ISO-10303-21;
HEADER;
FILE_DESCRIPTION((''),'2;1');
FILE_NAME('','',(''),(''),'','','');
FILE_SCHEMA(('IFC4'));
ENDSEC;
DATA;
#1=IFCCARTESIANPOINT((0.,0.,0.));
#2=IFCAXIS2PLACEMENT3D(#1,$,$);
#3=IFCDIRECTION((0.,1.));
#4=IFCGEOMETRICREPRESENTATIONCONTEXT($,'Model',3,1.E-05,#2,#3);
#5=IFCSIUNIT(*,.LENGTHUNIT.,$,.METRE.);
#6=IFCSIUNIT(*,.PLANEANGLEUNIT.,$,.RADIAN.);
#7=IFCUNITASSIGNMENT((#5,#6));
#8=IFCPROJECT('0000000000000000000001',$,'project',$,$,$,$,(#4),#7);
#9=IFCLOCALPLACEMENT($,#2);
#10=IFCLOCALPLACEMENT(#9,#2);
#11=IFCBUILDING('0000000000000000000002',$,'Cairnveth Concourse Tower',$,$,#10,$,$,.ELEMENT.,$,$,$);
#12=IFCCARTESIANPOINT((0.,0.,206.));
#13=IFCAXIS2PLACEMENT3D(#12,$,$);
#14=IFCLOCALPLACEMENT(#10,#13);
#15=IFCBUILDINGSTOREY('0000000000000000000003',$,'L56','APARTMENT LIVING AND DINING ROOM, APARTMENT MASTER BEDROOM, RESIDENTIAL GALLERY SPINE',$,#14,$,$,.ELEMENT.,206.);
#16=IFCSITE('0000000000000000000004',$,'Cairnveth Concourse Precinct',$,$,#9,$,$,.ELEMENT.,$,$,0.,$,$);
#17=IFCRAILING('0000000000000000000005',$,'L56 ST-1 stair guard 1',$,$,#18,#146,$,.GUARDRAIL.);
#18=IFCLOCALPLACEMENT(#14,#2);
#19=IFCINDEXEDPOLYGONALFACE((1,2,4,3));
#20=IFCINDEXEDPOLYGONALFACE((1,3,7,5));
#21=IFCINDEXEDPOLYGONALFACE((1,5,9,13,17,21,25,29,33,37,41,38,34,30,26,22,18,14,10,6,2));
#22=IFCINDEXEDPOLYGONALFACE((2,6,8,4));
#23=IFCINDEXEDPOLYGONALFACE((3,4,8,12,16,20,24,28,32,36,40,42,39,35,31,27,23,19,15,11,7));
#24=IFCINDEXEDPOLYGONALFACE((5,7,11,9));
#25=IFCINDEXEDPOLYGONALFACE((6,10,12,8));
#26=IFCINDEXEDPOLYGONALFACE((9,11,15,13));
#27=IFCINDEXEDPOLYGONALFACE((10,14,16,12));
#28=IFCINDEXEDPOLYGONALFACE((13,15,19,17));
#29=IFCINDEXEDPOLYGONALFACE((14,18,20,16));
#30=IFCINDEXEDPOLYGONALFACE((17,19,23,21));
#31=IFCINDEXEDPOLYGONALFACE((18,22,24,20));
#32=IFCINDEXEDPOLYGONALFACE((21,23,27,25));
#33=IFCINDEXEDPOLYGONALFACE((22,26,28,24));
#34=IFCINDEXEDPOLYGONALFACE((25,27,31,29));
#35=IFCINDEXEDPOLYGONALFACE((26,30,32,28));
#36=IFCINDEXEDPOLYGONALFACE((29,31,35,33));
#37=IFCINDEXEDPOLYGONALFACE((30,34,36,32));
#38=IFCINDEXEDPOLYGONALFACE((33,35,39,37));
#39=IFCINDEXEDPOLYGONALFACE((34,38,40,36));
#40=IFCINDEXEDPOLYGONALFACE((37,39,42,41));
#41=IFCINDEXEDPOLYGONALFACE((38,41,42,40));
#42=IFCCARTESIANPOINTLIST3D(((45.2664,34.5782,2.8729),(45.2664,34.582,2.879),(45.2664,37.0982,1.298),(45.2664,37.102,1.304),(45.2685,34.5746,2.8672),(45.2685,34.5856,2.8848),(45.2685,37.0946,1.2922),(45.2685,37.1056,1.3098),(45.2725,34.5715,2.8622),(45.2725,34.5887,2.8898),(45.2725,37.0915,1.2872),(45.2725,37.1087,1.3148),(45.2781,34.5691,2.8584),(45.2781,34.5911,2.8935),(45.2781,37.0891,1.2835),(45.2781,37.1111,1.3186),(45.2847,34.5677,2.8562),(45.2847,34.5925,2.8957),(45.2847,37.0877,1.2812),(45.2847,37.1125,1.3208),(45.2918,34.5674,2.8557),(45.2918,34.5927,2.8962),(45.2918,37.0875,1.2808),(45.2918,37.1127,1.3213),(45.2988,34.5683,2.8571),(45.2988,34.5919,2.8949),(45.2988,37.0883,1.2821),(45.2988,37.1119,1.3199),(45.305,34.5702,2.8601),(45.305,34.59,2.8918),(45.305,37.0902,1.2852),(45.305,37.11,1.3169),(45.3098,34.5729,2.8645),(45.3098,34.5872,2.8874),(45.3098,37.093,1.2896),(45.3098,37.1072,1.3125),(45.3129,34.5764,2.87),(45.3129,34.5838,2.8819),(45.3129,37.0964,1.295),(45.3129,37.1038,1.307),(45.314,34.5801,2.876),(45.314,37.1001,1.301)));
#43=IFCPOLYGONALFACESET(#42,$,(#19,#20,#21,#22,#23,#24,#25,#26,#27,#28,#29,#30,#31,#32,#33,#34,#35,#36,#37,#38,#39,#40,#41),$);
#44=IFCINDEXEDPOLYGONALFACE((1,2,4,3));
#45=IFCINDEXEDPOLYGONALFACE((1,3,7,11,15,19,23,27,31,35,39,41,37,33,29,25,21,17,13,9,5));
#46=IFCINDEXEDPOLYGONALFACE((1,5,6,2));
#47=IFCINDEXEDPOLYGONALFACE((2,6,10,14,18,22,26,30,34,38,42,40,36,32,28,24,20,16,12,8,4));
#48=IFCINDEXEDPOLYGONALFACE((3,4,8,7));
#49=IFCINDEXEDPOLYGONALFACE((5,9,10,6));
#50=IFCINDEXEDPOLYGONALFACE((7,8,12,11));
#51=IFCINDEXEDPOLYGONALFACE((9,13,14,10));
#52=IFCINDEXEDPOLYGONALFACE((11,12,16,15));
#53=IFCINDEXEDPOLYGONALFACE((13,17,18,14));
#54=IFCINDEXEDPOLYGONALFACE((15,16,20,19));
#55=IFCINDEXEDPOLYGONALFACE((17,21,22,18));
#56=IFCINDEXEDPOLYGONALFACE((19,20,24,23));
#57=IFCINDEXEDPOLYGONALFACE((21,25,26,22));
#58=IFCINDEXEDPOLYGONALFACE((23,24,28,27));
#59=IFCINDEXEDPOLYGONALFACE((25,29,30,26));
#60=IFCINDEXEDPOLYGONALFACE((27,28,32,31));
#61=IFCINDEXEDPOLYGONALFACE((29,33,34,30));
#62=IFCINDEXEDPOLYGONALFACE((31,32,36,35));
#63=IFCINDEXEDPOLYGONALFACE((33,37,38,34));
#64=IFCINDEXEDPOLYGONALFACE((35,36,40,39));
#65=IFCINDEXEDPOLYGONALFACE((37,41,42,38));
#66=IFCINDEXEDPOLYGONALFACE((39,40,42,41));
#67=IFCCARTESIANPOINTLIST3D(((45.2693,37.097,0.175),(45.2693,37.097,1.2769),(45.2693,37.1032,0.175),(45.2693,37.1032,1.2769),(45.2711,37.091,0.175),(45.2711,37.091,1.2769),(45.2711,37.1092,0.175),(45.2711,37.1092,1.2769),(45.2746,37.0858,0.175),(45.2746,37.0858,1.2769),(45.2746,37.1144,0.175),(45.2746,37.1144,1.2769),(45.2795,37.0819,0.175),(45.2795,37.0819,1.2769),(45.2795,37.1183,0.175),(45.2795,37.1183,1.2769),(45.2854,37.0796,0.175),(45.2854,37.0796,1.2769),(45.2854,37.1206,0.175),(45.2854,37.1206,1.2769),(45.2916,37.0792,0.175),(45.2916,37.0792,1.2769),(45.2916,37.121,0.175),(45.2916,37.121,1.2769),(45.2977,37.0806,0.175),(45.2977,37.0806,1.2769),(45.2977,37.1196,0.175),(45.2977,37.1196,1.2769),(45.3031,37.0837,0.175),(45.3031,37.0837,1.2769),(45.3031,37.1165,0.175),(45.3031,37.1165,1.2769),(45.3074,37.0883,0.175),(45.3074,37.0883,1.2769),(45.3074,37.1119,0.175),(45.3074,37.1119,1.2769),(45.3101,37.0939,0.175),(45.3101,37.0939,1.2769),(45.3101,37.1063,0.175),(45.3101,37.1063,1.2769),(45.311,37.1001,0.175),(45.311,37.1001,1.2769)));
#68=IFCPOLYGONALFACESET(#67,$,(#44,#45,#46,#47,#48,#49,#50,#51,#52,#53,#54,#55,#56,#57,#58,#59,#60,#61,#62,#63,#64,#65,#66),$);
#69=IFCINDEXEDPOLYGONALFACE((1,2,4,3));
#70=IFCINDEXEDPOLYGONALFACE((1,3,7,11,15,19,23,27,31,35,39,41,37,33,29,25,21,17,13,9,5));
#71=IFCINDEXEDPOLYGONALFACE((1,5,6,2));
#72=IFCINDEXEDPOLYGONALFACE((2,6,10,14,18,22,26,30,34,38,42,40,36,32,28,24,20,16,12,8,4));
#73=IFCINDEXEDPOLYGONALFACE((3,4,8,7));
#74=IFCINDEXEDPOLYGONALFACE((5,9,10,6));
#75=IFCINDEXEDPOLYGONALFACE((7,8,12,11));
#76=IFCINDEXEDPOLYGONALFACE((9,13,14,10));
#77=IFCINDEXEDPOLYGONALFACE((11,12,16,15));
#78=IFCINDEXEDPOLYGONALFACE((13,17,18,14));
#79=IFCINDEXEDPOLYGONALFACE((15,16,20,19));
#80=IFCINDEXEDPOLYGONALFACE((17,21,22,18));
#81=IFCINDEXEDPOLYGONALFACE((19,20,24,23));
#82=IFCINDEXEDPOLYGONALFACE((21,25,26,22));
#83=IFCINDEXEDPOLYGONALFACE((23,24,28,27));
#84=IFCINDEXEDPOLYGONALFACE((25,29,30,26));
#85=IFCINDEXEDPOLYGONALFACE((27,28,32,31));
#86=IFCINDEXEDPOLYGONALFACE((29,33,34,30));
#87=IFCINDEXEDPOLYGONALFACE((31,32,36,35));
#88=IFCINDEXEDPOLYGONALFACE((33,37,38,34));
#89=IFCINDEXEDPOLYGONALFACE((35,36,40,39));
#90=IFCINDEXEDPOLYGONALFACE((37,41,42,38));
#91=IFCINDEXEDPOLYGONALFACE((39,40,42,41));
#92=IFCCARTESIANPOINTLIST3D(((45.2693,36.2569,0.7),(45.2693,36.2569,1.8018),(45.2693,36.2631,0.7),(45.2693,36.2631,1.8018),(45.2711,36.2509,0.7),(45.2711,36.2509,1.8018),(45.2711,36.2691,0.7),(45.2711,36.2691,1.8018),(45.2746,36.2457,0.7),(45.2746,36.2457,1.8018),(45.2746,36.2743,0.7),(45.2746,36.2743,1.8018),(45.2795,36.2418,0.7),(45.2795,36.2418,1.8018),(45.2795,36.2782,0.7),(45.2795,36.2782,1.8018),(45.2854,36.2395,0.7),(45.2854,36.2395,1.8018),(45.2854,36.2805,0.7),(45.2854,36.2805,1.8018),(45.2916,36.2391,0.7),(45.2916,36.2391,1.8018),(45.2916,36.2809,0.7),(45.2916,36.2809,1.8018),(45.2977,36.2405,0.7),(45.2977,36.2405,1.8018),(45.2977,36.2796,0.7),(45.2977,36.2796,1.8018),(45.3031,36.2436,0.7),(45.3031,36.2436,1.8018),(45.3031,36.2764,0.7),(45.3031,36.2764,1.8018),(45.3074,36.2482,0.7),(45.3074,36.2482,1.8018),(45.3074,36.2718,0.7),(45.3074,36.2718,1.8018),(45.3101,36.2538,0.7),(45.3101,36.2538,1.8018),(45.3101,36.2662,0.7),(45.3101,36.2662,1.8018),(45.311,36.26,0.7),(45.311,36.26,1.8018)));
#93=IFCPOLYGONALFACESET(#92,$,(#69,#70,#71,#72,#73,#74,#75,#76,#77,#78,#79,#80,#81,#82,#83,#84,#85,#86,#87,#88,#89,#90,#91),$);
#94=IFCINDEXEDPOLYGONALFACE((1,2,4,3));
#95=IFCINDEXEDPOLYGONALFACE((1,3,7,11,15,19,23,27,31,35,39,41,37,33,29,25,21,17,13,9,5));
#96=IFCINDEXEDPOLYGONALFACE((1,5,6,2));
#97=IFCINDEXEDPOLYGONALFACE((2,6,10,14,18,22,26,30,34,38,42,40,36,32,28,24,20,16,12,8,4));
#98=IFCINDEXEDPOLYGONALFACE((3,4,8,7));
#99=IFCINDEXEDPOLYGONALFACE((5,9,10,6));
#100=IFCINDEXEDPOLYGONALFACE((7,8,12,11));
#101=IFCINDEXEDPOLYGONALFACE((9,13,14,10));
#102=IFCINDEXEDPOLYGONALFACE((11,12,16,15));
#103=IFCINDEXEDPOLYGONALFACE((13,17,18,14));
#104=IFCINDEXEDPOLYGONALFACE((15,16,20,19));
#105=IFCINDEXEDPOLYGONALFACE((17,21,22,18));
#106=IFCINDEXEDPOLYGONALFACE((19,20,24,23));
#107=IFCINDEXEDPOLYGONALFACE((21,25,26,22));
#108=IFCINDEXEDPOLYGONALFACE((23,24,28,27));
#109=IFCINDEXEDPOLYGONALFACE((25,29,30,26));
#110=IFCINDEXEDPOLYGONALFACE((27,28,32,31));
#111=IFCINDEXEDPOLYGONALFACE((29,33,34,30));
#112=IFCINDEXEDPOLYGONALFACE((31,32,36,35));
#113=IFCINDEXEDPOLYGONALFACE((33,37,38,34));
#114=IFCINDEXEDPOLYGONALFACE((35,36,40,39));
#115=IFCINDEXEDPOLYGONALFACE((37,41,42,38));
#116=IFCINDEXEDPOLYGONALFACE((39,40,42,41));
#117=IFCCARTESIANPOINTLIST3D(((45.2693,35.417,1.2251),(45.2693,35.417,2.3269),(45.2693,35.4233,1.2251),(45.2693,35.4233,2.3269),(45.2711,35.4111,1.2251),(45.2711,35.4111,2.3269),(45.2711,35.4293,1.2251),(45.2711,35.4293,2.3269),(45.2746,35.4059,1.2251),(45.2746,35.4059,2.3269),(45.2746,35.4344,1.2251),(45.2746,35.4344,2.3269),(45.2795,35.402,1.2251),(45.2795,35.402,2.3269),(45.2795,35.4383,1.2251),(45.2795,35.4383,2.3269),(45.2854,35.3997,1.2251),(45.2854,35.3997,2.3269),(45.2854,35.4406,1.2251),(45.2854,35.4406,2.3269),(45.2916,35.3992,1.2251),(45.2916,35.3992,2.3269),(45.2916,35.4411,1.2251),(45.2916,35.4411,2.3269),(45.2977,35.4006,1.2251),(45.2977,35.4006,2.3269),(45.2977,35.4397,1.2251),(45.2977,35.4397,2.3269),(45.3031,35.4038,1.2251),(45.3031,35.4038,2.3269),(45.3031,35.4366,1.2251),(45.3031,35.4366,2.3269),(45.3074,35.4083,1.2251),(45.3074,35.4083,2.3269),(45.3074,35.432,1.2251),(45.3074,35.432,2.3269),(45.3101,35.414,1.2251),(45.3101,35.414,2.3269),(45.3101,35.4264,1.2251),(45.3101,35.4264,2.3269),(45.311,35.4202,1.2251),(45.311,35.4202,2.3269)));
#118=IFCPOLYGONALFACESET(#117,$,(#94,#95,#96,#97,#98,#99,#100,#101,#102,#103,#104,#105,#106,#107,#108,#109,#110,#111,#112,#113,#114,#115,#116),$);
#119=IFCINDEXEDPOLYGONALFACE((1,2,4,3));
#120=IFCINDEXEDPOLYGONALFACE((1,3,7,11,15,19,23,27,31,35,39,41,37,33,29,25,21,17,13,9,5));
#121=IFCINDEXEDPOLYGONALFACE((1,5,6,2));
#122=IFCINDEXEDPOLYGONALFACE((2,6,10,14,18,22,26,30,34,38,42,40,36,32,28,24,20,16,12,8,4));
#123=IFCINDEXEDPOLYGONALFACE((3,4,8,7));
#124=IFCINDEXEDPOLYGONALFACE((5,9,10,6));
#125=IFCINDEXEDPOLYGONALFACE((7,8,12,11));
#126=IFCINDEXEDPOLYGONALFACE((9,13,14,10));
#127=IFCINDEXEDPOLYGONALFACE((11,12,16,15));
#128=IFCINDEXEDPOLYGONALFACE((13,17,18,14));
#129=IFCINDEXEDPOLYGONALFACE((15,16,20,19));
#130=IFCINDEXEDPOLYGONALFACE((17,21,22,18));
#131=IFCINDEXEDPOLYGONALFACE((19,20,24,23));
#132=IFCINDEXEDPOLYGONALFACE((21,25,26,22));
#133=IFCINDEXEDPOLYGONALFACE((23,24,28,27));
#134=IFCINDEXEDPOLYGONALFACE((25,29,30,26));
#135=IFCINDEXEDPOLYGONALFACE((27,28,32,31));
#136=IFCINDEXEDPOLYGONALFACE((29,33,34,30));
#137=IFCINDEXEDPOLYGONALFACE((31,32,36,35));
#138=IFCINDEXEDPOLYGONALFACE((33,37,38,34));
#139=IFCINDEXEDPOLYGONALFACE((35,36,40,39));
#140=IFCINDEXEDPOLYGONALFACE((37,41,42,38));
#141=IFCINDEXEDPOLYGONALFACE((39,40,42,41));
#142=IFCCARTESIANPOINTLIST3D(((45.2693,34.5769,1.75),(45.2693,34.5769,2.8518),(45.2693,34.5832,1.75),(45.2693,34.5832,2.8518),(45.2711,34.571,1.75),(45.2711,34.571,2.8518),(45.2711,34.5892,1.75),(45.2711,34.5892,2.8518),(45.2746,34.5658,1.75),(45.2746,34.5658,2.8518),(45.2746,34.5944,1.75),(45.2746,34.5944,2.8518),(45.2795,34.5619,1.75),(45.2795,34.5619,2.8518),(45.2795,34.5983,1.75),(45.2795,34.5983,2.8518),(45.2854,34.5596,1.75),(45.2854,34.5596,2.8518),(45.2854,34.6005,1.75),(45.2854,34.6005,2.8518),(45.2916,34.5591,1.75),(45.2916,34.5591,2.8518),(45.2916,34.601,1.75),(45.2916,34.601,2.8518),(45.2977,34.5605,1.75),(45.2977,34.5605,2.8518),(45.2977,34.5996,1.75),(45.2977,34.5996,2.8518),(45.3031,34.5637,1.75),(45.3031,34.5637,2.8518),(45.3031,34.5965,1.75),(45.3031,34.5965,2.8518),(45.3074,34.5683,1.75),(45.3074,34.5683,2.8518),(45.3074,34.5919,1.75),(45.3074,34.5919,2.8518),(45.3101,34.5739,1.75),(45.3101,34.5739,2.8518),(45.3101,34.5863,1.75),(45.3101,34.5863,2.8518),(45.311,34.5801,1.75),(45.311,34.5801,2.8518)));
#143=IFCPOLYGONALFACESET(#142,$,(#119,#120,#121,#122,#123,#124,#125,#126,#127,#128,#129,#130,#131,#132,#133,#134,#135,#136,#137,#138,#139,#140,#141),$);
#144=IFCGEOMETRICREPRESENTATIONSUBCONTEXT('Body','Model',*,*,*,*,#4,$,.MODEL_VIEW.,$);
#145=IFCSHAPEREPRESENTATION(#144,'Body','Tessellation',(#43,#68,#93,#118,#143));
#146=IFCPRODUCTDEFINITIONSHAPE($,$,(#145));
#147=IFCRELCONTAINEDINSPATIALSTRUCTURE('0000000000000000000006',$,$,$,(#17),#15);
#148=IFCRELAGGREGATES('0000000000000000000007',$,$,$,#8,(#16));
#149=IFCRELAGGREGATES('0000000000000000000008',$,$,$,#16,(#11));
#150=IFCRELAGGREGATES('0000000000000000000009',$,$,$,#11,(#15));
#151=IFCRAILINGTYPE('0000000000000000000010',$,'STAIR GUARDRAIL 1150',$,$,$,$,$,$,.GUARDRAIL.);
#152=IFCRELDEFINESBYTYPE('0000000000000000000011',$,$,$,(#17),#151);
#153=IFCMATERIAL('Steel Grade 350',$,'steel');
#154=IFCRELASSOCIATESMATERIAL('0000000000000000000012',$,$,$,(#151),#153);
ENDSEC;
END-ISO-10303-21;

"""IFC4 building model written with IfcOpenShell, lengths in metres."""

from ifc_helpers import new_model, si_unit, direction, frame, origin, origin_2d, place, context, subcontext, project, spatial, circle, extrude, material, type_object, element, save


model = new_model("IFC4")

# Units and contexts
model_context = context("Model", 3, precision=1e-05, world=origin(), true_north=direction((0.0, 1.0)))
body_context = subcontext(model_context, "Body", "Model", "MODEL_VIEW")
ifc_project = project(units=[si_unit("LENGTHUNIT", "METRE"), si_unit("PLANEANGLEUNIT", "RADIAN")], contexts=[model_context])

# Site, building, storey
site_placement = place(None, origin())
site = spatial("IfcSite", under=ifc_project, at=site_placement, Name="Cairnveth Concourse Precinct", CompositionType="ELEMENT", RefElevation=0.0)
building_placement = place(site_placement, origin())
building = spatial("IfcBuilding", under=site, at=building_placement, Name="Cairnveth Concourse Tower", CompositionType="ELEMENT")
storey_placement = place(building_placement, frame((0.0, 0.0, 206.0)))
storey = spatial("IfcBuildingStorey", under=building, at=storey_placement, Name="L56", Description="APARTMENT LIVING AND DINING ROOM, APARTMENT MASTER BEDROOM, RESIDENTIAL GALLERY SPINE", CompositionType="ELEMENT", Elevation=206.0)

# Shared definitions
ifc_material_1 = material(Name="Steel Grade 350", Category="steel")

# Railing
railing_type = type_object("IfcRailingType", Name="STAIR GUARDRAIL 1150", PredefinedType="GUARDRAIL", material=ifc_material_1)
railing_1_placement = place(storey_placement, frame((45.29, 37.1001, 0.175)))
element("IfcRailing", 1, at=railing_1_placement, inside=storey, type_object=railing_type, Name="L56 ST-1 stair guard 1", PredefinedType="GUARDRAIL", context=body_context, shape_type="SweptSolid", body=[
    extrude(circle(Radius=0.0239, at=origin_2d()), frame((0.0, 0.0, 1.126), z_axis=(0.0, -0.848008, 0.529984), x_axis=(1.0, 0.0, 0.0)), (0.0, 0.0, 1.0), 2.9717),
    extrude(circle(Radius=0.021, at=origin_2d()), origin(), (0.0, 0.0, 1.0), 1.1018),
    extrude(circle(Radius=0.021, at=origin_2d()), frame((0.0, -0.8401, 0.5249)), (0.0, 0.0, 1.0), 1.1018),
    extrude(circle(Radius=0.021, at=origin_2d()), frame((0.0, -1.6799, 1.05)), (0.0, 0.0, 1.0), 1.1018),
    extrude(circle(Radius=0.021, at=origin_2d()), frame((0.0, -2.52, 1.575)), (0.0, 0.0, 1.0), 1.1018),
])

save(model, "model.ifc")
